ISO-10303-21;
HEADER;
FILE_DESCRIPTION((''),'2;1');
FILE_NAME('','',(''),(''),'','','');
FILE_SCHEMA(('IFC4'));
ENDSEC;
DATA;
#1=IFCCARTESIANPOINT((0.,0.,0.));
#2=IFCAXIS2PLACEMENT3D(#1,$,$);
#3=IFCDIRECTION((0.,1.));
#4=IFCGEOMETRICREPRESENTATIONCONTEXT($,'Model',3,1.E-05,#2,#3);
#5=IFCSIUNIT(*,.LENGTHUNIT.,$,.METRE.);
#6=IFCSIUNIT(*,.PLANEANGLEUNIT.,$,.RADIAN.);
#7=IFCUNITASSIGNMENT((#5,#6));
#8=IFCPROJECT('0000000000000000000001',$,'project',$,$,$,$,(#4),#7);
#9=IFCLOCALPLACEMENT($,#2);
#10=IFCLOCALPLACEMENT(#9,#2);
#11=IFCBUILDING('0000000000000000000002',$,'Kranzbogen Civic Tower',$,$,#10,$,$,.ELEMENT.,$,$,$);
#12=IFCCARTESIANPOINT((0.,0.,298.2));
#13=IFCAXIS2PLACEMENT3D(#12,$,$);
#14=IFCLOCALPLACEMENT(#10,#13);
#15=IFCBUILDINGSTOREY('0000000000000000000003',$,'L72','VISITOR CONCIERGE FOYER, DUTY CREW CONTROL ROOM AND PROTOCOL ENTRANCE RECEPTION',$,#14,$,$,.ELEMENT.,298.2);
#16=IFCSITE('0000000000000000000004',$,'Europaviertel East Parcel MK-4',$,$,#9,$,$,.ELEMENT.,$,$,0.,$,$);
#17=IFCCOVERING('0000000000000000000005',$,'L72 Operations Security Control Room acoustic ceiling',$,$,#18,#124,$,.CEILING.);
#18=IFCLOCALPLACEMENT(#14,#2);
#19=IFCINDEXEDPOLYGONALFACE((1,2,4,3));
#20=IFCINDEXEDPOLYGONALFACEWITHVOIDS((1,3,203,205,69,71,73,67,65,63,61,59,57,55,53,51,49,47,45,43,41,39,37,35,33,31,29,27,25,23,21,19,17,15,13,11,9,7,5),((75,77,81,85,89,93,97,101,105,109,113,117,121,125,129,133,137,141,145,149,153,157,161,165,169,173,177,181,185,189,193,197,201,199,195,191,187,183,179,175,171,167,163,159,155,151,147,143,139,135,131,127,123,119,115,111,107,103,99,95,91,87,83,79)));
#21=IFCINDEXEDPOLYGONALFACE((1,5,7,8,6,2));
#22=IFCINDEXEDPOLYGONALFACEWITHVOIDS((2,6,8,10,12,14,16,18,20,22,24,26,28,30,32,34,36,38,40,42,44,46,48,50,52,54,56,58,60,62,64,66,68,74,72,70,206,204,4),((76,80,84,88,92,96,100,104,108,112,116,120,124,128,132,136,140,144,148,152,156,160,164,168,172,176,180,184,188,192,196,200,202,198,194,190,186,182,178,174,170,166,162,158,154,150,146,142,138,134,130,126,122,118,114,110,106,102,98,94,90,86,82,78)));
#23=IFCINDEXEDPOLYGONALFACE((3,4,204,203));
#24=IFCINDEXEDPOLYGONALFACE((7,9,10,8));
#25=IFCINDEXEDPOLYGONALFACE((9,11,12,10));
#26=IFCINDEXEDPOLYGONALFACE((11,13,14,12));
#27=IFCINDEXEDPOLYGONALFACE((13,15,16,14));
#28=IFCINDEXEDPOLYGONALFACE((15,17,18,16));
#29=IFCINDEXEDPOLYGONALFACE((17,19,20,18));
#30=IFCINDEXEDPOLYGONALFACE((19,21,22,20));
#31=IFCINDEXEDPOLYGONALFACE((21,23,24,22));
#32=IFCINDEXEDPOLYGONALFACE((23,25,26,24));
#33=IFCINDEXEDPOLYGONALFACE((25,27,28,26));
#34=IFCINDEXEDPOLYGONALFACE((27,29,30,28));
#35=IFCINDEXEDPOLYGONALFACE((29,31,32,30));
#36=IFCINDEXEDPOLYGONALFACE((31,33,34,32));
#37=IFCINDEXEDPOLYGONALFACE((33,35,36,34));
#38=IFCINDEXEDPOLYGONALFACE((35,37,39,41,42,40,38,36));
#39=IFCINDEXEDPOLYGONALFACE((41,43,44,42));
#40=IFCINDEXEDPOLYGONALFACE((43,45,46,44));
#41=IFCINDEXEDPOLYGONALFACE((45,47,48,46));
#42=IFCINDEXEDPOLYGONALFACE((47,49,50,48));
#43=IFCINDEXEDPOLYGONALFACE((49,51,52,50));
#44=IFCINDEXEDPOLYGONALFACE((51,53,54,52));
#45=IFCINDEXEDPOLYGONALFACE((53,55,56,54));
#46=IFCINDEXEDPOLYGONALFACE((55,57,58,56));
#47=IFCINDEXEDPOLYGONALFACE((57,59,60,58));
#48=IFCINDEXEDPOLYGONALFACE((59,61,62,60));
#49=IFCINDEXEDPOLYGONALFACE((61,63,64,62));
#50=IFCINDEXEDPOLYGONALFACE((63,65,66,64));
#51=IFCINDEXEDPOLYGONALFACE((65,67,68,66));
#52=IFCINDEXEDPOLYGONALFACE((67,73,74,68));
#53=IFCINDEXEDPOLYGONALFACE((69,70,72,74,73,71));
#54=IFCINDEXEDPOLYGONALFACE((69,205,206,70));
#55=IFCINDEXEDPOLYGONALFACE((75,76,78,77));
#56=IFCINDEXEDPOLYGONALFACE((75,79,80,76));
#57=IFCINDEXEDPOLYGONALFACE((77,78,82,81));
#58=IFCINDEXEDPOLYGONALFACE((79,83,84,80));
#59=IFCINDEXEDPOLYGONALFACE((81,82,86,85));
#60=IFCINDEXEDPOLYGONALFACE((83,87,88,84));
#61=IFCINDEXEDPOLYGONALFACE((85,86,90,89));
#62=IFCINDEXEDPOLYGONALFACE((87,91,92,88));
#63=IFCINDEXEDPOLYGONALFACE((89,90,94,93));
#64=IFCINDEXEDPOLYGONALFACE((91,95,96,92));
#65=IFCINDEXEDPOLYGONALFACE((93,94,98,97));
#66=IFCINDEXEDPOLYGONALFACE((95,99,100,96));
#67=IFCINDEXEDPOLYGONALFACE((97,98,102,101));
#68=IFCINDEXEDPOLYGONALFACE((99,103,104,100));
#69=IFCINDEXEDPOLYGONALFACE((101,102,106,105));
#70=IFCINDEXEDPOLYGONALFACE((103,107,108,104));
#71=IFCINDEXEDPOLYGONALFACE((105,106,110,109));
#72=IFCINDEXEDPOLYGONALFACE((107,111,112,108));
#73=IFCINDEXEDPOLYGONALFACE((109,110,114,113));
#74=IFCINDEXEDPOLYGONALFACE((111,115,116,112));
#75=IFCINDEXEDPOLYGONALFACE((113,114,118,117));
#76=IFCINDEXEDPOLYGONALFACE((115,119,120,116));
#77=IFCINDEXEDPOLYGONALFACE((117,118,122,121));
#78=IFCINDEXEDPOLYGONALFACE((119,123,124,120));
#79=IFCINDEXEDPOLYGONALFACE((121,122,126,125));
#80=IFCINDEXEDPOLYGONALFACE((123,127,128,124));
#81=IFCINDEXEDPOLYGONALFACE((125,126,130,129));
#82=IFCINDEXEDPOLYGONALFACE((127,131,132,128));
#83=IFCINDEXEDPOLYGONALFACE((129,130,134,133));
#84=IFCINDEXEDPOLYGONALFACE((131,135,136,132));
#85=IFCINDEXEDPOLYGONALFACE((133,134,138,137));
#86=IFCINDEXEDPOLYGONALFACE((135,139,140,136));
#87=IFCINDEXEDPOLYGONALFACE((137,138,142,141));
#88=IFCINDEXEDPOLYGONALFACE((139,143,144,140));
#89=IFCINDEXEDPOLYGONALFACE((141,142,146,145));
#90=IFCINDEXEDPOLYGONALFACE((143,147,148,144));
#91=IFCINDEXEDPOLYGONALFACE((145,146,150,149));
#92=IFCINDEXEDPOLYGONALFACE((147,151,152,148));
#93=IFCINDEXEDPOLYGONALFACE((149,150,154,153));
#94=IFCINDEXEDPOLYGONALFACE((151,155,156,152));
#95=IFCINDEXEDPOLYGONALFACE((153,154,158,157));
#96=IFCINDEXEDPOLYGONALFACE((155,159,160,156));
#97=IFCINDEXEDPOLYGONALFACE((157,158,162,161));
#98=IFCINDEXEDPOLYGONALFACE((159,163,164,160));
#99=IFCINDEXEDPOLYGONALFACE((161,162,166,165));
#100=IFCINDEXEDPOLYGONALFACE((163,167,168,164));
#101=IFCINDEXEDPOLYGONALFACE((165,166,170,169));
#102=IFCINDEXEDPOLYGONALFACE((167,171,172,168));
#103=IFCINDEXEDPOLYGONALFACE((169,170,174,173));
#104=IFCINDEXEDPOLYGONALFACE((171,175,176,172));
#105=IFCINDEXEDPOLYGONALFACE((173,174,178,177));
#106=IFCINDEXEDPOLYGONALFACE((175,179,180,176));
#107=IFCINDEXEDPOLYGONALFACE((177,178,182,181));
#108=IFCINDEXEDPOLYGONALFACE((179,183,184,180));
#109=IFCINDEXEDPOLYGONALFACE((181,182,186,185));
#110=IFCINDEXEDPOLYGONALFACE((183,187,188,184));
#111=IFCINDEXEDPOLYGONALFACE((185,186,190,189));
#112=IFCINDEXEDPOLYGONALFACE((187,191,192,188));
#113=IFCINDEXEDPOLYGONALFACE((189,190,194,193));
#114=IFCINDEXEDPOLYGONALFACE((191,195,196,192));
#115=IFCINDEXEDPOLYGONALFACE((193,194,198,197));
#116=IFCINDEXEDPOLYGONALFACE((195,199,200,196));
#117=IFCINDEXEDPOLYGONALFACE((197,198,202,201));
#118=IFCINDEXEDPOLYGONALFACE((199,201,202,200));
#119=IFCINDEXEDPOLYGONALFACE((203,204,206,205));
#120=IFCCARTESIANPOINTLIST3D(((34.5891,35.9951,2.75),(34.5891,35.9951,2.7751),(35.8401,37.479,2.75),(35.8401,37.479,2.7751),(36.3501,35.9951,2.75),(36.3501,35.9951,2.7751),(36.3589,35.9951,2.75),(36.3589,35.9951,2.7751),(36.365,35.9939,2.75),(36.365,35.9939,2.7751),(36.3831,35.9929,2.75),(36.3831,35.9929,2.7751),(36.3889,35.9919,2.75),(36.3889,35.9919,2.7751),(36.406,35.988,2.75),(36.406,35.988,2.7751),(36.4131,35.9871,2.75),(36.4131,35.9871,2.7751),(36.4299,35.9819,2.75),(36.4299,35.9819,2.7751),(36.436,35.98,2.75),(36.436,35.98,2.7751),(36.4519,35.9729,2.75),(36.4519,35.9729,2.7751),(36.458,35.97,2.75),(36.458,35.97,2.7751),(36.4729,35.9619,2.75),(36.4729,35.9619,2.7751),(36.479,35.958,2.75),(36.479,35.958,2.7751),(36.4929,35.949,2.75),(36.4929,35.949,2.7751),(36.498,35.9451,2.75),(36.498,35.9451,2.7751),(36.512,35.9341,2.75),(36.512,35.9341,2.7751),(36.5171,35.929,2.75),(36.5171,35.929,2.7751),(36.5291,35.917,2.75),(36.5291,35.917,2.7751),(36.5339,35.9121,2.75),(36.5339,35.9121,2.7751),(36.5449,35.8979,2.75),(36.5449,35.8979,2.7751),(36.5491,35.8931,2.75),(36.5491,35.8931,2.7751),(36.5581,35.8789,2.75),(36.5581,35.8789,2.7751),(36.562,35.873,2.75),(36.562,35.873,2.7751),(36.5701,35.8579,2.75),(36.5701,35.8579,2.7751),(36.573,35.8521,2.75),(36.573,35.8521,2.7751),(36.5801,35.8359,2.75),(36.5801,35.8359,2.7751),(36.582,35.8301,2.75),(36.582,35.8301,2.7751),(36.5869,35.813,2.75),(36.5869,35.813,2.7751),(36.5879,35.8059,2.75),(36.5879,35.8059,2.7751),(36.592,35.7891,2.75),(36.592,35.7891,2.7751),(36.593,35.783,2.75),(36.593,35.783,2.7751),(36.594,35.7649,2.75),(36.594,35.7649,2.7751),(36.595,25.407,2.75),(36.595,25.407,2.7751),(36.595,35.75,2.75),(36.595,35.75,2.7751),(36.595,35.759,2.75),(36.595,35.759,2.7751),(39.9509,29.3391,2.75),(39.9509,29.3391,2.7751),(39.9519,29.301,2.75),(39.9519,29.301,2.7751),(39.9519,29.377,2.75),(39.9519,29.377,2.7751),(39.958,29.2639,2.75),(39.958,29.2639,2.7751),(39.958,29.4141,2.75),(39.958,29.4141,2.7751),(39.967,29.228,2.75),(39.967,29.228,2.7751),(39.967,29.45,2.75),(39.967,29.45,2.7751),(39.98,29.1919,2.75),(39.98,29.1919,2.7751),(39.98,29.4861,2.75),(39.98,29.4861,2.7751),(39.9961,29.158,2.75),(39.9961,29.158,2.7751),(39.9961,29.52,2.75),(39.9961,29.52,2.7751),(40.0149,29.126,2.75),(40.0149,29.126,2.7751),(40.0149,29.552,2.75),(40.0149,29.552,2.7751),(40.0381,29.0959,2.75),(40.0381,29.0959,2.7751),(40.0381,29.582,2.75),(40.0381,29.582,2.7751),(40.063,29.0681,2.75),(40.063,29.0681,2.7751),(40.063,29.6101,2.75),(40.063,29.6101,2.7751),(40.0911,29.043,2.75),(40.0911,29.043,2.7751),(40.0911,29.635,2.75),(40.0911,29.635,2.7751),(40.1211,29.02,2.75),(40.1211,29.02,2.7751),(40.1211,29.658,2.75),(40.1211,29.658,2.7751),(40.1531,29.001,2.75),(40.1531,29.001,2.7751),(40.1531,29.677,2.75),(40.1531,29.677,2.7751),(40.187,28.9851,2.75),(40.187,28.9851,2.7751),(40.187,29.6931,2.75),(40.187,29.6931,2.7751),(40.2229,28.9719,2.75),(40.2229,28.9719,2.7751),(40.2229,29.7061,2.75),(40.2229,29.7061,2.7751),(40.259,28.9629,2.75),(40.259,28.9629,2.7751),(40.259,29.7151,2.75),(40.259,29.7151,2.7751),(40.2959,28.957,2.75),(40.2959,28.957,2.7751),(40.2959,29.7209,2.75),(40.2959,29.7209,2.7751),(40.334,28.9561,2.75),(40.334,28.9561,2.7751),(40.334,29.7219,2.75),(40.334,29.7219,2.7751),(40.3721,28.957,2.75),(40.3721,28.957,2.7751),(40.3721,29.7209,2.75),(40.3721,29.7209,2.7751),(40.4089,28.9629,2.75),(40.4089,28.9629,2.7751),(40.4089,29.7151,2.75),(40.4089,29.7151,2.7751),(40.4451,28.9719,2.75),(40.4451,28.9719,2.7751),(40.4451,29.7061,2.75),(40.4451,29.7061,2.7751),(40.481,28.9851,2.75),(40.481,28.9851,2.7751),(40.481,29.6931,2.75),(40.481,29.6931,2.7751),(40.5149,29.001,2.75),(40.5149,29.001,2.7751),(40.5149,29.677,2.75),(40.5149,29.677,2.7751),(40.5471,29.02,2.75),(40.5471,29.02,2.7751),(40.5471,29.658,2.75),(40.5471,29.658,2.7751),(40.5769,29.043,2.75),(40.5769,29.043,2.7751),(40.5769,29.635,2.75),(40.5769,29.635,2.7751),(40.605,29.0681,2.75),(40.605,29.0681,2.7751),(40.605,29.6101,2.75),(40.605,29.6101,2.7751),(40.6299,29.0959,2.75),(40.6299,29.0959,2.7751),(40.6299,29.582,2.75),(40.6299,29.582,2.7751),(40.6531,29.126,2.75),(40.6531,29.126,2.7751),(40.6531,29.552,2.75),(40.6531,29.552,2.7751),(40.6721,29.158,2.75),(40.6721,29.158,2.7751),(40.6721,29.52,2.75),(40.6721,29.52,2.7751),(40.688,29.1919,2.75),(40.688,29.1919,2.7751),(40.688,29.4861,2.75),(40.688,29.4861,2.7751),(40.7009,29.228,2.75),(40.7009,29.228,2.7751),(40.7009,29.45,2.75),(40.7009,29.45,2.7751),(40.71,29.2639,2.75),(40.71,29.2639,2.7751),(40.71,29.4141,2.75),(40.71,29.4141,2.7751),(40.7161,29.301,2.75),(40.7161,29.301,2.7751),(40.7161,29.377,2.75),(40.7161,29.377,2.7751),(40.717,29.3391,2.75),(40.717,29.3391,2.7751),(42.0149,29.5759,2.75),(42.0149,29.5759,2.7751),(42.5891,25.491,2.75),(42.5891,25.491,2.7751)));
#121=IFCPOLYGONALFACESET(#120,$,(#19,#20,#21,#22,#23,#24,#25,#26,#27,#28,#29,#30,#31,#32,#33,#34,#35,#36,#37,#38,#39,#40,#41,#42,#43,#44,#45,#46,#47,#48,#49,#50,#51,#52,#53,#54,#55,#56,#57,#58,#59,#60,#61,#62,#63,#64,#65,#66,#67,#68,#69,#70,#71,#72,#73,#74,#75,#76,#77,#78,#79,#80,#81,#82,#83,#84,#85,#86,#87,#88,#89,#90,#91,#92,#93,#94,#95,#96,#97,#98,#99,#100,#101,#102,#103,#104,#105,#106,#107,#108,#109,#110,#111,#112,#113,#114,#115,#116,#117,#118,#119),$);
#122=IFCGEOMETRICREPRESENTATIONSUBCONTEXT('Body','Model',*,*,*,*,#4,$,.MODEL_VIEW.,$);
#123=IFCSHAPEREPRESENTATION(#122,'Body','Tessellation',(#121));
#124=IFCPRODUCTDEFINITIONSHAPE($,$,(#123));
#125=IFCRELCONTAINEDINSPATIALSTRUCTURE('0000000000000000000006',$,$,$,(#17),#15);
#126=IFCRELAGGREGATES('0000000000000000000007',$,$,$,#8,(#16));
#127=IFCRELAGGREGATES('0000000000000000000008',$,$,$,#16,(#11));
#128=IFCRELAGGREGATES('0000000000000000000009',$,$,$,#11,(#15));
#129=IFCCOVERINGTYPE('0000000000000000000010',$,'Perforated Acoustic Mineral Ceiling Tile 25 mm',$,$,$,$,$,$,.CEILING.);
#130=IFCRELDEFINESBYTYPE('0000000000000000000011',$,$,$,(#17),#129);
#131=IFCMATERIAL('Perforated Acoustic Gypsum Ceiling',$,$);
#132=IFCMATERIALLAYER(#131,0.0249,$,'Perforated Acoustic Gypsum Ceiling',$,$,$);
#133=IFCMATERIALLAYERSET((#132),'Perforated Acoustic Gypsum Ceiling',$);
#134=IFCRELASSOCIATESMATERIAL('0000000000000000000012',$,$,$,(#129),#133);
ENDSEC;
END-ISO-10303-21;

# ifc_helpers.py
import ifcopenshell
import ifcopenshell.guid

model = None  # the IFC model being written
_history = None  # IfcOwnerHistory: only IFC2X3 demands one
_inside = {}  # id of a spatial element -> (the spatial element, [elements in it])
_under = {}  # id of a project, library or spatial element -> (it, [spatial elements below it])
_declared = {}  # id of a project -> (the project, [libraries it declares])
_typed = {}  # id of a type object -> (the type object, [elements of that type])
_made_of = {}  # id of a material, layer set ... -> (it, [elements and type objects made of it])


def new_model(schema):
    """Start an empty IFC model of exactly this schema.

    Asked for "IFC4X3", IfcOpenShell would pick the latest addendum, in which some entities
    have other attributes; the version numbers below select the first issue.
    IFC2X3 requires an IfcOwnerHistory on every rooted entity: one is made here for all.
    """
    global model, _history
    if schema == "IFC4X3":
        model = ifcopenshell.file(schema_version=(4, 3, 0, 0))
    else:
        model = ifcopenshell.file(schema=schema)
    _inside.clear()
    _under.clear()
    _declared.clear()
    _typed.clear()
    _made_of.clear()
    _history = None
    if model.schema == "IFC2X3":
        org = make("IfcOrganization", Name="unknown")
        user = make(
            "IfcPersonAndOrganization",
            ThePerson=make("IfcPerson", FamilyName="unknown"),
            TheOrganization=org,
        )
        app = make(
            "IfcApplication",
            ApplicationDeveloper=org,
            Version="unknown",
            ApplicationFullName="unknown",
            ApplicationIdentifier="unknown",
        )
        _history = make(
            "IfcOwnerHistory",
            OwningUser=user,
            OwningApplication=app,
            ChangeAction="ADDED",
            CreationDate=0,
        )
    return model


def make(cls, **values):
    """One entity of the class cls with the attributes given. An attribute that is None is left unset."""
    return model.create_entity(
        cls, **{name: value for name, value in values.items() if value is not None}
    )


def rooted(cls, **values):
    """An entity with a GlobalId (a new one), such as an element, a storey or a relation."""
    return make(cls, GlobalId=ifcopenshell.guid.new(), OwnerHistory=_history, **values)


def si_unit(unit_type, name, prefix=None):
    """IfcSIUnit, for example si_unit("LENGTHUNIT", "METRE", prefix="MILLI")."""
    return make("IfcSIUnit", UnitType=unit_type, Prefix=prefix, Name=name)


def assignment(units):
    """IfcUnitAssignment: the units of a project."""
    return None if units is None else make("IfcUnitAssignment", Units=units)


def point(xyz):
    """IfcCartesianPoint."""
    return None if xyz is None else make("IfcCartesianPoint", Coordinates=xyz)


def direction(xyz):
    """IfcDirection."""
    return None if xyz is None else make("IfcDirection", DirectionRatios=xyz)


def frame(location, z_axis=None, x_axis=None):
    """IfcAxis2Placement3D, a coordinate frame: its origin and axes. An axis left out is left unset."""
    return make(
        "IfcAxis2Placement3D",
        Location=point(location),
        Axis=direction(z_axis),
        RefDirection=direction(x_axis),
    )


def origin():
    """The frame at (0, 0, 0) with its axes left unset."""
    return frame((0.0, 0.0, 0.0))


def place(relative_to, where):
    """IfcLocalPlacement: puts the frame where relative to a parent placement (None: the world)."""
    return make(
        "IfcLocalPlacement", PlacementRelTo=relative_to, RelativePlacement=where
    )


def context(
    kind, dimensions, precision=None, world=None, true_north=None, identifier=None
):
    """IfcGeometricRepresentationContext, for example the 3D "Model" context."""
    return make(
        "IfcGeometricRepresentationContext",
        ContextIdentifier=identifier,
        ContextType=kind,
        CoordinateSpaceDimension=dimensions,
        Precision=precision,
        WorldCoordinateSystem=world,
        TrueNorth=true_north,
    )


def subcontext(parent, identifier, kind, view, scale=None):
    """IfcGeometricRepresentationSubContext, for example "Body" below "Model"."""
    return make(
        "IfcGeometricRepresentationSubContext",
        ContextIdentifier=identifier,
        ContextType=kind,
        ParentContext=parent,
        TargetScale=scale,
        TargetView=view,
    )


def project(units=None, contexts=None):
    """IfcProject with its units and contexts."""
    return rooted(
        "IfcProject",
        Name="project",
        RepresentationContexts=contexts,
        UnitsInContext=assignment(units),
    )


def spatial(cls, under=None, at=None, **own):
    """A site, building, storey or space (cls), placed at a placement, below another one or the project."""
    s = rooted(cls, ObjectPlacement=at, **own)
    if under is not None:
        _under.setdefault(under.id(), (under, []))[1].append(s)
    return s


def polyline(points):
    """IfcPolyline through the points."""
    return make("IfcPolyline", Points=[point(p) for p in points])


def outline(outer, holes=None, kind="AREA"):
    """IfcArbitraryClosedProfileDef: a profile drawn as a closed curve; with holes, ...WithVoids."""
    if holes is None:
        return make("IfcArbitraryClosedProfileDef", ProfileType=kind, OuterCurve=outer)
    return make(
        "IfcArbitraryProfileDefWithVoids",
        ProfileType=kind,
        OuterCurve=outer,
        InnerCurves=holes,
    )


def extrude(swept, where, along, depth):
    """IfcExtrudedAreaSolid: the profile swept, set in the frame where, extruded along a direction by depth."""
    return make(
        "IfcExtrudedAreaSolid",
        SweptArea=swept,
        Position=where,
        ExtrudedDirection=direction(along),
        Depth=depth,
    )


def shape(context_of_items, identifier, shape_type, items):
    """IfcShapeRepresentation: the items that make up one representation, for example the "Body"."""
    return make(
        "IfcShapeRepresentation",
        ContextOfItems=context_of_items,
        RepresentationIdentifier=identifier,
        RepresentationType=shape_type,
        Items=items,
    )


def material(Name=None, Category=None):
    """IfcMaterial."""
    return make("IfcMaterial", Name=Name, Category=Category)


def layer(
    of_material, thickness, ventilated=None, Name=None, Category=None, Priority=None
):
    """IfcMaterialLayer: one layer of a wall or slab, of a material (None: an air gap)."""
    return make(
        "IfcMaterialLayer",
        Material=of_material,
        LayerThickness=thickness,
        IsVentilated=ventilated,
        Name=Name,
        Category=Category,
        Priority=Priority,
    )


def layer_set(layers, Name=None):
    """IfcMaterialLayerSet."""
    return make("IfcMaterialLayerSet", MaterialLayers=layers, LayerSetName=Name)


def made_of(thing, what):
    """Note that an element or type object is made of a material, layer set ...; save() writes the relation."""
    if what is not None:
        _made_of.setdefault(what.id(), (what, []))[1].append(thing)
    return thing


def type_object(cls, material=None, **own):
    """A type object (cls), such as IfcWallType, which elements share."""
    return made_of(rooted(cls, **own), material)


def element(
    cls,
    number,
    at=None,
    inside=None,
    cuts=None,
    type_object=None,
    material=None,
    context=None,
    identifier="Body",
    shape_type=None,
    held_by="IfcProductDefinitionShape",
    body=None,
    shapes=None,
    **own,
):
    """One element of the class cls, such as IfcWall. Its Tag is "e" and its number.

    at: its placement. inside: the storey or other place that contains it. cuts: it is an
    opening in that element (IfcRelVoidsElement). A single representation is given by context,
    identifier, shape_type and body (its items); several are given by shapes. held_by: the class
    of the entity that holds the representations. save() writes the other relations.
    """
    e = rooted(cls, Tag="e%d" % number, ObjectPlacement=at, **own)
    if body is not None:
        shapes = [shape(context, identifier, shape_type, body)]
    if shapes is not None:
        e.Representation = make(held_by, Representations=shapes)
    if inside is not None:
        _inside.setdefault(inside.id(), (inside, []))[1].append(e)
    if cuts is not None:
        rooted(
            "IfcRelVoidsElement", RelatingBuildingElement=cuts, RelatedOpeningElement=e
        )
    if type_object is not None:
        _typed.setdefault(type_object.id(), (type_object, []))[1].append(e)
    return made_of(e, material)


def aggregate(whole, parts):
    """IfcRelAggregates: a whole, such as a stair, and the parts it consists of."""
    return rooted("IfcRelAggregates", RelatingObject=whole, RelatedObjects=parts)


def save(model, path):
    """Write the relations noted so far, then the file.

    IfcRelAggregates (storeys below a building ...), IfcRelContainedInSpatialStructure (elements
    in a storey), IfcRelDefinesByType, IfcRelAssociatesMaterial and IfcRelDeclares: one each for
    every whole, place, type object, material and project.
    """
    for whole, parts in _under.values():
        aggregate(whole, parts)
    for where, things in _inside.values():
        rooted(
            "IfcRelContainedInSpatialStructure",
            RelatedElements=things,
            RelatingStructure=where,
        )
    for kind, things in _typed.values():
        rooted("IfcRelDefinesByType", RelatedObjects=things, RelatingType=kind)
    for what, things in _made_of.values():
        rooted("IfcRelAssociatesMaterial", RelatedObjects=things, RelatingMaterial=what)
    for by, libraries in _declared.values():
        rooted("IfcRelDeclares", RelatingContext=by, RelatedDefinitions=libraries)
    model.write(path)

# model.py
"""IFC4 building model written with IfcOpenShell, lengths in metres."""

from ifc_helpers import new_model, si_unit, direction, frame, origin, place, context, subcontext, project, spatial, polyline, outline, extrude, material, layer, layer_set, type_object, element, save


model = new_model("IFC4")

# Units and contexts
model_context = context("Model", 3, precision=1e-05, world=origin(), true_north=direction((0.0, 1.0)))
body_context = subcontext(model_context, "Body", "Model", "MODEL_VIEW")
ifc_project = project(units=[si_unit("LENGTHUNIT", "METRE"), si_unit("PLANEANGLEUNIT", "RADIAN")], contexts=[model_context])

# Site, building, storey
site_placement = place(None, origin())
site = spatial("IfcSite", under=ifc_project, at=site_placement, Name="Europaviertel East Parcel MK-4", CompositionType="ELEMENT", RefElevation=0.0)
building_placement = place(site_placement, origin())
building = spatial("IfcBuilding", under=site, at=building_placement, Name="Kranzbogen Civic Tower", CompositionType="ELEMENT")
storey_placement = place(building_placement, frame((0.0, 0.0, 298.2)))
storey = spatial("IfcBuildingStorey", under=building, at=storey_placement, Name="L72", Description="VISITOR CONCIERGE FOYER, DUTY CREW CONTROL ROOM AND PROTOCOL ENTRANCE RECEPTION", CompositionType="ELEMENT", Elevation=298.2)

# Covering
ifc_material_1 = material(Name="Perforated Acoustic Gypsum Ceiling")
ifc_layer_1 = layer(ifc_material_1, 0.0249, Name="Perforated Acoustic Gypsum Ceiling")
ifc_layer_set_1 = layer_set([ifc_layer_1], Name="Perforated Acoustic Gypsum Ceiling")
covering_type = type_object("IfcCoveringType", Name="Perforated Acoustic Mineral Ceiling Tile 25 mm", PredefinedType="CEILING", material=ifc_layer_set_1)
covering_1_placement = place(storey_placement, frame((0.0, 0.0, 2.75)))
element("IfcCovering", 1, at=covering_1_placement, inside=storey, type_object=covering_type, Name="L72 Operations Security Control Room acoustic ceiling", PredefinedType="CEILING", context=body_context, shape_type="SweptSolid", body=[
    extrude(outline(polyline([(42.5891, 25.491), (36.595, 25.407), (36.595, 35.75), (36.595, 35.759), (36.594, 35.7649), (36.593, 35.783), (36.592, 35.7891), (36.5879, 35.8059), (36.5869, 35.813), (36.582, 35.8301), (36.5801, 35.8359), (36.573, 35.8521), (36.5701, 35.8579), (36.562, 35.873), (36.5581, 35.8789), (36.5491, 35.8931), (36.5449, 35.8979), (36.5339, 35.9121), (36.5291, 35.917), (36.5171, 35.929), (36.512, 35.9341), (36.498, 35.9451), (36.4929, 35.949), (36.479, 35.958), (36.4729, 35.9619), (36.458, 35.97), (36.4519, 35.9729), (36.436, 35.98), (36.4299, 35.9819), (36.4131, 35.9871), (36.406, 35.988), (36.3889, 35.9919), (36.3831, 35.9929), (36.365, 35.9939), (36.3589, 35.9951), (36.3501, 35.9951), (34.5891, 35.9951), (35.8401, 37.479), (42.0149, 29.5759), (42.5891, 25.491)]), holes=[polyline([(40.688, 29.1919), (40.6721, 29.158), (40.6531, 29.126), (40.6299, 29.0959), (40.605, 29.0681), (40.5769, 29.043), (40.5471, 29.02), (40.5149, 29.001), (40.481, 28.9851), (40.4451, 28.9719), (40.4089, 28.9629), (40.3721, 28.957), (40.334, 28.9561), (40.2959, 28.957), (40.259, 28.9629), (40.2229, 28.9719), (40.187, 28.9851), (40.1531, 29.001), (40.1211, 29.02), (40.0911, 29.043), (40.063, 29.0681), (40.0381, 29.0959), (40.0149, 29.126), (39.9961, 29.158), (39.98, 29.1919), (39.967, 29.228), (39.958, 29.2639), (39.9519, 29.301), (39.9509, 29.3391), (39.9519, 29.377), (39.958, 29.4141), (39.967, 29.45), (39.98, 29.4861), (39.9961, 29.52), (40.0149, 29.552), (40.0381, 29.582), (40.063, 29.6101), (40.0911, 29.635), (40.1211, 29.658), (40.1531, 29.677), (40.187, 29.6931), (40.2229, 29.7061), (40.259, 29.7151), (40.2959, 29.7209), (40.334, 29.7219), (40.3721, 29.7209), (40.4089, 29.7151), (40.4451, 29.7061), (40.481, 29.6931), (40.5149, 29.677), (40.5471, 29.658), (40.5769, 29.635), (40.605, 29.6101), (40.6299, 29.582), (40.6531, 29.552), (40.6721, 29.52), (40.688, 29.4861), (40.7009, 29.45), (40.71, 29.4141), (40.7161, 29.377), (40.717, 29.3391), (40.7161, 29.301), (40.71, 29.2639), (40.7009, 29.228), (40.688, 29.1919)])]), origin(), (0.0, 0.0, 1.0), 0.0251),
])

save(model, "model.ifc")
